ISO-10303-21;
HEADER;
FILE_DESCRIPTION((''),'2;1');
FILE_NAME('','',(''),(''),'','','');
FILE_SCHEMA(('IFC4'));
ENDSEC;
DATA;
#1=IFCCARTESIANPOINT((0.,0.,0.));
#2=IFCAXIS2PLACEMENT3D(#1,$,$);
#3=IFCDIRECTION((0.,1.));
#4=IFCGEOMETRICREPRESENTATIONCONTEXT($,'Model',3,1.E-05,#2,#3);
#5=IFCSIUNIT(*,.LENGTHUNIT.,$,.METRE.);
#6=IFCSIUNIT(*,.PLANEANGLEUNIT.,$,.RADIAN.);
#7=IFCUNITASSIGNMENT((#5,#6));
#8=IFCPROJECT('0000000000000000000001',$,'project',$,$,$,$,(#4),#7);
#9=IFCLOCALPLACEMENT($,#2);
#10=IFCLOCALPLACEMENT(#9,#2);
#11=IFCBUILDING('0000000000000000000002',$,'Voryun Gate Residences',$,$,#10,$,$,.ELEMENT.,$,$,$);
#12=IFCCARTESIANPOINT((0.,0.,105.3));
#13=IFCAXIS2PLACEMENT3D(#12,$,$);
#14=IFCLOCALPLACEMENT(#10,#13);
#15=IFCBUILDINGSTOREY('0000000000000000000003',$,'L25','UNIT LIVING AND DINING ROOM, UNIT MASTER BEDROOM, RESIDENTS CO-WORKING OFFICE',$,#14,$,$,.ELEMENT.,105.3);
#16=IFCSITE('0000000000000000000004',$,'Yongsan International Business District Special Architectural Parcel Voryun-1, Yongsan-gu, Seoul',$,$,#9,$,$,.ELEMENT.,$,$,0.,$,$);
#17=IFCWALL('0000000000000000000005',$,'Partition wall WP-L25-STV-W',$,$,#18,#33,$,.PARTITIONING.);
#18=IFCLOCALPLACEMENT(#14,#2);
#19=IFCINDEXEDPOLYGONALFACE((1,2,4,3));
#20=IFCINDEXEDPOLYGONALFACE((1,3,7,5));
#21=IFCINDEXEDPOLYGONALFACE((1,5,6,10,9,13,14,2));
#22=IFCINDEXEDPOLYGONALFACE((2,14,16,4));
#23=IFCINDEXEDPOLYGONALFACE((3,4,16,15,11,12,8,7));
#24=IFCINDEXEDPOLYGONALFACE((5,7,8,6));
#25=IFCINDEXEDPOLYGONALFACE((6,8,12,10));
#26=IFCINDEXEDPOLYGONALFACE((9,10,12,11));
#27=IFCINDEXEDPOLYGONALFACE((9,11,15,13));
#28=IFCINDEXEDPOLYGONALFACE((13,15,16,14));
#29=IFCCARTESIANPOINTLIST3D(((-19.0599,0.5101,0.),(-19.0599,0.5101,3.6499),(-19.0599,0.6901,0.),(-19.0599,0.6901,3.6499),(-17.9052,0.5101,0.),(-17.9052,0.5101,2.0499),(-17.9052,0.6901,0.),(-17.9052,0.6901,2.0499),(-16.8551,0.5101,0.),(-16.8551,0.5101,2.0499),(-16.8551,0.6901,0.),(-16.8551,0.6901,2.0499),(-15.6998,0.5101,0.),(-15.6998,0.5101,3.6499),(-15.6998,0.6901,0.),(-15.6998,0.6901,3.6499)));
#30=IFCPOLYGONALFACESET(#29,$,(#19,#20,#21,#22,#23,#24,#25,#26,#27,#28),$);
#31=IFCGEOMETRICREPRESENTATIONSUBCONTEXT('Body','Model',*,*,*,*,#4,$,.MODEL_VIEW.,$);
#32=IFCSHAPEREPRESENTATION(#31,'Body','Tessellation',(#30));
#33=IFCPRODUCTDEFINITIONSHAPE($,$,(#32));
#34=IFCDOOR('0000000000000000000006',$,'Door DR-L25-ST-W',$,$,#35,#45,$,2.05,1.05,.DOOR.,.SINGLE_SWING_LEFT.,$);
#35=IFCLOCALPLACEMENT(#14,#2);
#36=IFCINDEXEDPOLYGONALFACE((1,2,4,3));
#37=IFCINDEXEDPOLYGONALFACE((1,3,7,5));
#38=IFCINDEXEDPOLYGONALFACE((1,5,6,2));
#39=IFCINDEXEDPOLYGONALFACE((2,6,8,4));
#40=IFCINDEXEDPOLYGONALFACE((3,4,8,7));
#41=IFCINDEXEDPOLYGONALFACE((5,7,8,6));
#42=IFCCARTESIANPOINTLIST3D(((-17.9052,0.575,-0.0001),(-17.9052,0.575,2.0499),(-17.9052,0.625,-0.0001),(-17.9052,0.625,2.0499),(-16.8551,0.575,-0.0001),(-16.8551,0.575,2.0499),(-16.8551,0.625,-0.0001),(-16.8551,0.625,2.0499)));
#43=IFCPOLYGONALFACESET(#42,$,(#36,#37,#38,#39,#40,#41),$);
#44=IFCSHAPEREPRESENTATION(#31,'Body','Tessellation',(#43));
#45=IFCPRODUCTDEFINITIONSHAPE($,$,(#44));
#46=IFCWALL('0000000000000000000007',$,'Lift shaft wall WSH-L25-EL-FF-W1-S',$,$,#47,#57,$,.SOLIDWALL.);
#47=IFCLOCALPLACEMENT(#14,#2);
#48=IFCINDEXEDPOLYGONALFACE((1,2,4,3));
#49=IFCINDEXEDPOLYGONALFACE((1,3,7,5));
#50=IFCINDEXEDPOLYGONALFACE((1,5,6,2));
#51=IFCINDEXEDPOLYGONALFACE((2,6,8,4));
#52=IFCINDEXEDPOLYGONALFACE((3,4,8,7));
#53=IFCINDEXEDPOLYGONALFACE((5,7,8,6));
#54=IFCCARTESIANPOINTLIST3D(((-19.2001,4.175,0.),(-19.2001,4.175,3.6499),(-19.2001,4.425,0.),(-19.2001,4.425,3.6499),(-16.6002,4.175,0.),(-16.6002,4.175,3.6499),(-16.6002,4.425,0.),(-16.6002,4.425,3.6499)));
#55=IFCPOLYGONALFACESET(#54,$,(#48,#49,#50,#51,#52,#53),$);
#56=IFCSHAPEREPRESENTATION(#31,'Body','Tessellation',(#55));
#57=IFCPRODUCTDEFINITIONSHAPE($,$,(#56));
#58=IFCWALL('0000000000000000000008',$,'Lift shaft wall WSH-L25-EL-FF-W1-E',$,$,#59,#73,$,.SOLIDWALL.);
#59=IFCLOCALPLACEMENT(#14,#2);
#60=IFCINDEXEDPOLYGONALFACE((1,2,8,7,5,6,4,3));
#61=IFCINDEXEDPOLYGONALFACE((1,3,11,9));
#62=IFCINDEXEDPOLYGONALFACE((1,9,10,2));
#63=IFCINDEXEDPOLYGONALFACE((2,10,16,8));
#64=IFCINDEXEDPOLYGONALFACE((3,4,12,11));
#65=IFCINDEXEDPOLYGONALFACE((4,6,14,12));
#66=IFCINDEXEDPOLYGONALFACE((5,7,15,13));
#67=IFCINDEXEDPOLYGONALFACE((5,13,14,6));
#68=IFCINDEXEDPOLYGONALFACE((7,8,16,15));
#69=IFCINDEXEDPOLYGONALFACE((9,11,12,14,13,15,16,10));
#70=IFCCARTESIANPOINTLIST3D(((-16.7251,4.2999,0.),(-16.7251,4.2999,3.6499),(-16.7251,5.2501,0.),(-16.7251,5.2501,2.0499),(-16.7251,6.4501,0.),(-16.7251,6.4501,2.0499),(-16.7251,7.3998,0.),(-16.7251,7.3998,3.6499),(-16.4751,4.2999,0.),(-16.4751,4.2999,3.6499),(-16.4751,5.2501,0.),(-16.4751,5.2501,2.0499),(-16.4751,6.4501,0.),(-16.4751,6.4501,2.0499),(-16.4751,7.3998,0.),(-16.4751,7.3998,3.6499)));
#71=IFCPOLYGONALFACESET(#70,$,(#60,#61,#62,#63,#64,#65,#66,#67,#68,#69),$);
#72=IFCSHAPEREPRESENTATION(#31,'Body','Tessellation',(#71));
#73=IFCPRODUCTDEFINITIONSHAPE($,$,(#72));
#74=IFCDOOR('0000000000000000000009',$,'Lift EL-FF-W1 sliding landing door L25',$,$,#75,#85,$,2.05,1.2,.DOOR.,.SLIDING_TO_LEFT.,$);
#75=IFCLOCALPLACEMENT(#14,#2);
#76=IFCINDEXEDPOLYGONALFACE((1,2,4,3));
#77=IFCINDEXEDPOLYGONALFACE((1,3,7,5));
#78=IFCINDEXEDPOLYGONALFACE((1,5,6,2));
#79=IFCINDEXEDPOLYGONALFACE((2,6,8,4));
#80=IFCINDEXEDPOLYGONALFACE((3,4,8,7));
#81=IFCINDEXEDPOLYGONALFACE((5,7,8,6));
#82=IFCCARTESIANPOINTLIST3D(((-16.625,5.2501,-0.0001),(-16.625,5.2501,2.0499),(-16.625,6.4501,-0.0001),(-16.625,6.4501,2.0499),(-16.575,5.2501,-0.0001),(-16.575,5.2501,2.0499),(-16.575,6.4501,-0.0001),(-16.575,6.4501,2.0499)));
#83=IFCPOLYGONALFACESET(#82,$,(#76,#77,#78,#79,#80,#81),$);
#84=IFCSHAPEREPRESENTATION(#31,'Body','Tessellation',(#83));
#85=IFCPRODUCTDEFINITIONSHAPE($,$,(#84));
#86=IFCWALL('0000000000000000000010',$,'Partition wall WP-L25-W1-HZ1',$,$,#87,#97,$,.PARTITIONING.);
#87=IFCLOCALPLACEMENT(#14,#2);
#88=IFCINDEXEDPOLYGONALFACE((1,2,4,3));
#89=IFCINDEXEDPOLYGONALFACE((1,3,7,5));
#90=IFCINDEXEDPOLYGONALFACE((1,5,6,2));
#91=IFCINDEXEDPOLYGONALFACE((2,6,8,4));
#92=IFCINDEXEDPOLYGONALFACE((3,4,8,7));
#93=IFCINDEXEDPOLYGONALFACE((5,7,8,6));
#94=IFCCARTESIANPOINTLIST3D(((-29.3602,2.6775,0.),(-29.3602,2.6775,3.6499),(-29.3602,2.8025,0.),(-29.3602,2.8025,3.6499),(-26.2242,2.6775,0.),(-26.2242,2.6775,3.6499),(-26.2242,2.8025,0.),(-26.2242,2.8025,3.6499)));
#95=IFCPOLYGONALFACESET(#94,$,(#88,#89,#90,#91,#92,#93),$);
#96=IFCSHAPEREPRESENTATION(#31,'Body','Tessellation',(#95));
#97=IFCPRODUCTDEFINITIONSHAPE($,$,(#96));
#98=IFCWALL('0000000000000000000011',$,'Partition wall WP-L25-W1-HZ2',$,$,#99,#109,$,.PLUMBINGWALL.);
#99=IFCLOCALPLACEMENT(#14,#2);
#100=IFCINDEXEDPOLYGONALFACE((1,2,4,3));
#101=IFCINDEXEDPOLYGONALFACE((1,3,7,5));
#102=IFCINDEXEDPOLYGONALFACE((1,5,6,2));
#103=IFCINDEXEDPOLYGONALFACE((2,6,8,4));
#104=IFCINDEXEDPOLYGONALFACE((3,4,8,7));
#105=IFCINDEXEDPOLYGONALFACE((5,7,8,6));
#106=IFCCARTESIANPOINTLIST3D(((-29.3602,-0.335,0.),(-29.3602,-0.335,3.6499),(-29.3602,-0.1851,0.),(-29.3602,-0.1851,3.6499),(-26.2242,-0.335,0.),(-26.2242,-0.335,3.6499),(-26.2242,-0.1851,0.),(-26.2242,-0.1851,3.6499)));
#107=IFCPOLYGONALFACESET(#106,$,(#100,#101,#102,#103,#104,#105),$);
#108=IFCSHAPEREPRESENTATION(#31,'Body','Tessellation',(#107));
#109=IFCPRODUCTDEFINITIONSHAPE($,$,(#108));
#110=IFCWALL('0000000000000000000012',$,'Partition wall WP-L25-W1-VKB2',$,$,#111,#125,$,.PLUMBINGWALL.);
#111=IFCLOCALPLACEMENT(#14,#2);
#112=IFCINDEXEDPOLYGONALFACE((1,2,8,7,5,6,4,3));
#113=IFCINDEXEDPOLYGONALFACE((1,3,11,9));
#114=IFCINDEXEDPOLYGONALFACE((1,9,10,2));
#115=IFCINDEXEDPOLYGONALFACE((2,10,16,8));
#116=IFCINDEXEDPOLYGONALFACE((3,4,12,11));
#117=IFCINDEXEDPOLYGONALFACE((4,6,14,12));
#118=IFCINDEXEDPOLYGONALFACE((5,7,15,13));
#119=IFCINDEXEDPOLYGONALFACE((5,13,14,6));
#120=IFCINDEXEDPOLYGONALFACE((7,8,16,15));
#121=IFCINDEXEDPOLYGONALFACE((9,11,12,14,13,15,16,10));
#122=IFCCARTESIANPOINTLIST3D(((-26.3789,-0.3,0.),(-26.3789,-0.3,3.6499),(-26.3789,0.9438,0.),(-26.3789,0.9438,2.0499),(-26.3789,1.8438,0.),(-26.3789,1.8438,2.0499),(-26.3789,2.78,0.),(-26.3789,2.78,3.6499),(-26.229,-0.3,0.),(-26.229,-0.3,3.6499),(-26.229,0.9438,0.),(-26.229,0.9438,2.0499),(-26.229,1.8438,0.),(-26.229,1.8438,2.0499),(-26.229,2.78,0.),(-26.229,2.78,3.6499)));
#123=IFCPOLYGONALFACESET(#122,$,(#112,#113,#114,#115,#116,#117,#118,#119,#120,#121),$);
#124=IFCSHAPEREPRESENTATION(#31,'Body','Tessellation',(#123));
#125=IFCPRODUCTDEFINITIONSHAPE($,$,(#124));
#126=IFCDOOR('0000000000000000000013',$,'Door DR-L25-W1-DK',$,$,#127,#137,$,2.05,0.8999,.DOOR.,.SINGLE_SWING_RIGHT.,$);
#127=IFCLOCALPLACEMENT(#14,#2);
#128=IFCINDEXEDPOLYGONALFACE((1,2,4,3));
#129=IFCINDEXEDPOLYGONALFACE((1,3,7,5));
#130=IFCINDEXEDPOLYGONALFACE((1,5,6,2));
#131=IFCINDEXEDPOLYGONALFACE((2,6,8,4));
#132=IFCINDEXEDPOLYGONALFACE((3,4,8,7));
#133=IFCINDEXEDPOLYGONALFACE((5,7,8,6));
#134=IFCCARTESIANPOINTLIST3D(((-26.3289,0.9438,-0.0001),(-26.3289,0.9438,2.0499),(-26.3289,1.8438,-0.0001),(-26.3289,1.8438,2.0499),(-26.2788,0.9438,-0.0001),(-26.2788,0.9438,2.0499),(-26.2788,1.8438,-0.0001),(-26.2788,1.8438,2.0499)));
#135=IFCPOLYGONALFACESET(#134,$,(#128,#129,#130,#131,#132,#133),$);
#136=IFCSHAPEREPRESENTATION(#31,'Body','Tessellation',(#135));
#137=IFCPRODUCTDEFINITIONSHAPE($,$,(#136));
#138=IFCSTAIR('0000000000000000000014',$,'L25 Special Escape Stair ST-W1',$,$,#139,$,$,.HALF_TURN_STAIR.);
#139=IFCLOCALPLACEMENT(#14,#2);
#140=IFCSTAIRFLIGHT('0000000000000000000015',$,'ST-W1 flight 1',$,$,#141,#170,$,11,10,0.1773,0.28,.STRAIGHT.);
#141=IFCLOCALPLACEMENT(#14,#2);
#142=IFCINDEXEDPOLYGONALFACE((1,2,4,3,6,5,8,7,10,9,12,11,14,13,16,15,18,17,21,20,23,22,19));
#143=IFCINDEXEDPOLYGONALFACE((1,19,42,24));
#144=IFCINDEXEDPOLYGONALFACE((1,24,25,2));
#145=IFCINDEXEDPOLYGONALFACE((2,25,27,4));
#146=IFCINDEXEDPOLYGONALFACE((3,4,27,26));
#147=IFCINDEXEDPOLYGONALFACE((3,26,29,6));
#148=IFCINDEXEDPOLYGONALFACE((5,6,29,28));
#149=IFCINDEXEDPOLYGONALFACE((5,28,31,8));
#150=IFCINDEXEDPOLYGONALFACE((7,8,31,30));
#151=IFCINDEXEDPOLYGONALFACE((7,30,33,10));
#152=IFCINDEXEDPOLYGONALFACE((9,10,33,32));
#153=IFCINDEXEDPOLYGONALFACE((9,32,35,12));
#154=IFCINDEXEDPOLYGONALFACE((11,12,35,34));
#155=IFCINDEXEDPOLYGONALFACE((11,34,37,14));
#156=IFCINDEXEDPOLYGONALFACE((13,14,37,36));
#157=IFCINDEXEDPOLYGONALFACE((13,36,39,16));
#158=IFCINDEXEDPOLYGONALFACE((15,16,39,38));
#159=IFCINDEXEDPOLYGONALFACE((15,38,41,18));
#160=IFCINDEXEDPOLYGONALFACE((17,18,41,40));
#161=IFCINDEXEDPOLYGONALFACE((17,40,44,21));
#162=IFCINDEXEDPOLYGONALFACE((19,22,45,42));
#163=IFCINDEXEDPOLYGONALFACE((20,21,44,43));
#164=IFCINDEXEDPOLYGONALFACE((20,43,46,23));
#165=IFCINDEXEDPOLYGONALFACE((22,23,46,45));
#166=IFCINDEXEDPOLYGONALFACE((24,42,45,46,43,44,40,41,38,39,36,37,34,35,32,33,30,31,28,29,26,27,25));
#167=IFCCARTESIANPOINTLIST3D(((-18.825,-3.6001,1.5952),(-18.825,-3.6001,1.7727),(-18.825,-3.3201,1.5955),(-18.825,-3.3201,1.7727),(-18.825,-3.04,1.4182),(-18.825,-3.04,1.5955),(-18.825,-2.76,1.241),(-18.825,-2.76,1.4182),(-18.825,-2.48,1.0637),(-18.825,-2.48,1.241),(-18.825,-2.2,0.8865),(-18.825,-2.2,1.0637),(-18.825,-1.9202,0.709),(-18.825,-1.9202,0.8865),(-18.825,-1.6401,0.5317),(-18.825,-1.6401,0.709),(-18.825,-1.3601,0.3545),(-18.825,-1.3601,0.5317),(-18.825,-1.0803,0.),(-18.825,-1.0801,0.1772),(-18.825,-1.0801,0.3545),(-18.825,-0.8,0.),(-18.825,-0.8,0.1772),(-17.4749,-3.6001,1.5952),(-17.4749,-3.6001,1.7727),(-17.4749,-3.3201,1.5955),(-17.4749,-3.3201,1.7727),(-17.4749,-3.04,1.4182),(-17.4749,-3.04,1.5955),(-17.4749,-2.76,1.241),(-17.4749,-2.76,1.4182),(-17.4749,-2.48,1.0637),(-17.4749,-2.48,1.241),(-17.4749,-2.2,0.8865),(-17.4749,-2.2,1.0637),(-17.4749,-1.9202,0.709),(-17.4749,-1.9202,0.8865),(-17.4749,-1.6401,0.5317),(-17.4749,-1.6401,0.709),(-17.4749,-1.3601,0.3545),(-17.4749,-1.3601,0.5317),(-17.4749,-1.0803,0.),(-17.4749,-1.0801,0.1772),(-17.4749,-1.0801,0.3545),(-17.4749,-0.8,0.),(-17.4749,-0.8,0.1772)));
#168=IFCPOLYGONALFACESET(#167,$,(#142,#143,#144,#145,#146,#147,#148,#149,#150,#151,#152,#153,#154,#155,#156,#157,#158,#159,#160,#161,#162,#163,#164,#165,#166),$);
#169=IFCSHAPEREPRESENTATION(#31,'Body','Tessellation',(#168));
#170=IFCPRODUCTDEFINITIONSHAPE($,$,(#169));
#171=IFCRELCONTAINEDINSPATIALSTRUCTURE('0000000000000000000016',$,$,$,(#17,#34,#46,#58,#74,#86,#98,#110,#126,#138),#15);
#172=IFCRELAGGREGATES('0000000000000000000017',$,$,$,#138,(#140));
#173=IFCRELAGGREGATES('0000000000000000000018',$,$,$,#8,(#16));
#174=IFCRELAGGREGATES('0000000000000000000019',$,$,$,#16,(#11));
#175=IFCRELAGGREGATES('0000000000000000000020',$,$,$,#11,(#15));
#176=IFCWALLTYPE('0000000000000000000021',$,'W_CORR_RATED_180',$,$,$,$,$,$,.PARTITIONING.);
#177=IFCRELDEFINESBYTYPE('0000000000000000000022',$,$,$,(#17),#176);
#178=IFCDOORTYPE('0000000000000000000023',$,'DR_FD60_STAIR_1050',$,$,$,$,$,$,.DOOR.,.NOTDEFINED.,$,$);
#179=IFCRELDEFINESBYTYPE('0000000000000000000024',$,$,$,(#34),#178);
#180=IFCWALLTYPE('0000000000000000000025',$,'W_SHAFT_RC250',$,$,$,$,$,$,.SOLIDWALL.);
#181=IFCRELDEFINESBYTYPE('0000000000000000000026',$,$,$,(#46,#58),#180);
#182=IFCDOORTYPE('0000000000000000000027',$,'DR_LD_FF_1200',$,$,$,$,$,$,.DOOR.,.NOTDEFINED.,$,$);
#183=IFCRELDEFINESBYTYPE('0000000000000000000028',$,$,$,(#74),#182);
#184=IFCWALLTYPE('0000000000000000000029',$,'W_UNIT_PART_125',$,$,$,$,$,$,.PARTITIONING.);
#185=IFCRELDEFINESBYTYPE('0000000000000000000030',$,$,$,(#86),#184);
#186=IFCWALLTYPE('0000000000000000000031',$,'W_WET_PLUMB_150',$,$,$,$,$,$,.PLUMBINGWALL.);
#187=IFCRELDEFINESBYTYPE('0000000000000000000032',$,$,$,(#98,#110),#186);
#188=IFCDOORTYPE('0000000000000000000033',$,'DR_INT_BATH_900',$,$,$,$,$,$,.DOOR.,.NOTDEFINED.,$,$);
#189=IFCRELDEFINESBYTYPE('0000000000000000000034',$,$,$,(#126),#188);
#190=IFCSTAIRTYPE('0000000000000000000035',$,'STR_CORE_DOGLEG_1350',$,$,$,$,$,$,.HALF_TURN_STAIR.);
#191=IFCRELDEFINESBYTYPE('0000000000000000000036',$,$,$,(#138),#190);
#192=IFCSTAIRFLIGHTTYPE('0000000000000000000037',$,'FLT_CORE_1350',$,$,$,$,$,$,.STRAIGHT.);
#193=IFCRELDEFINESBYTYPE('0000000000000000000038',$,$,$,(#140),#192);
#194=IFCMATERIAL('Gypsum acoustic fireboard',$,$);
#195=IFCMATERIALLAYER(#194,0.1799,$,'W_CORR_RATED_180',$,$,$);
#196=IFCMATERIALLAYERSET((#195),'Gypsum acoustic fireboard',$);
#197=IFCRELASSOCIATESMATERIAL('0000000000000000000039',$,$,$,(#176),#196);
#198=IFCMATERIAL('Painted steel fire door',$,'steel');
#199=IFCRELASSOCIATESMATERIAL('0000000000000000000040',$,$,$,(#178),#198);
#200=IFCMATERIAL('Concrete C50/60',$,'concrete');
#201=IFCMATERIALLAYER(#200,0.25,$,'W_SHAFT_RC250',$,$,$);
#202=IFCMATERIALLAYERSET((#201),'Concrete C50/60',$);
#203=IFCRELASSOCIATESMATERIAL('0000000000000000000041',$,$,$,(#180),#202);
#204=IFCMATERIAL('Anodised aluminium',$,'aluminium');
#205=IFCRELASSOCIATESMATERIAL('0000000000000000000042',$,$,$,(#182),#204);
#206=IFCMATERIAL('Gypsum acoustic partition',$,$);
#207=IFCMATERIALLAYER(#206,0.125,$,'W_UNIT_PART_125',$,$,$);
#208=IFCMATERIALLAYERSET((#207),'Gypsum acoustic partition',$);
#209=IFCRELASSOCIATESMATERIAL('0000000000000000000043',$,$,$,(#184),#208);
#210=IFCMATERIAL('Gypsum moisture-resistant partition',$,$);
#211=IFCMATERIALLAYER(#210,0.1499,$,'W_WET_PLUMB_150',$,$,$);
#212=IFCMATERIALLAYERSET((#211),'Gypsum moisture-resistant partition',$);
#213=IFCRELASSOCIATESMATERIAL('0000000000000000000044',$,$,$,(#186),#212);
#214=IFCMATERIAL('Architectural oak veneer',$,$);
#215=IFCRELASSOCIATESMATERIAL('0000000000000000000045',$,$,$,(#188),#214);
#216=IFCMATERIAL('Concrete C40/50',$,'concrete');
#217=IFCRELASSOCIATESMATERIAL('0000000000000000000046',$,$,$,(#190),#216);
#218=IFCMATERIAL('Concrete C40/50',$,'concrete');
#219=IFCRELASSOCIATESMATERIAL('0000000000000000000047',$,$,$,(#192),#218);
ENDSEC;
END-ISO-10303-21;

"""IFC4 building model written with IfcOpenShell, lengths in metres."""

from ifc_helpers import new_model, si_unit, direction, frame, frame_2d, origin, place, context, subcontext, project, spatial, polyline, rectangle, outline, extrude, material, layer, layer_set, type_object, element, fill, aggregate, save


model = new_model("IFC4")

# Units and contexts
model_context = context("Model", 3, precision=1e-05, world=origin(), true_north=direction((0.0, 1.0)))
body_context = subcontext(model_context, "Body", "Model", "MODEL_VIEW")
ifc_project = project(units=[si_unit("LENGTHUNIT", "METRE"), si_unit("PLANEANGLEUNIT", "RADIAN")], contexts=[model_context])

# Site, building, storey
site_placement = place(None, origin())
site = spatial("IfcSite", under=ifc_project, at=site_placement, Name="Yongsan International Business District Special Architectural Parcel Voryun-1, Yongsan-gu, Seoul", CompositionType="ELEMENT", RefElevation=0.0)
building_placement = place(site_placement, origin())
building = spatial("IfcBuilding", under=site, at=building_placement, Name="Voryun Gate Residences", CompositionType="ELEMENT")
storey_placement = place(building_placement, frame((0.0, 0.0, 105.3)))
storey = spatial("IfcBuildingStorey", under=building, at=storey_placement, Name="L25", Description="UNIT LIVING AND DINING ROOM, UNIT MASTER BEDROOM, RESIDENTS CO-WORKING OFFICE", CompositionType="ELEMENT", Elevation=105.3)

# Wall, opening, door
ifc_material_1 = material(Name="Gypsum acoustic fireboard")
ifc_layer_1 = layer(ifc_material_1, 0.1799, Name="W_CORR_RATED_180")
ifc_layer_set_1 = layer_set([ifc_layer_1], Name="Gypsum acoustic fireboard")
wall_type_1 = type_object("IfcWallType", Name="W_CORR_RATED_180", PredefinedType="PARTITIONING", material=ifc_layer_set_1)
wall_1_placement = place(storey_placement, frame((-19.0601, 0.6001, 0.0), z_axis=(0.0, 0.0, 1.0), x_axis=(1.0, 0.0, 0.0)))
wall_1 = element("IfcWall", 1, at=wall_1_placement, inside=storey, type_object=wall_type_1, Name="Partition wall WP-L25-STV-W", PredefinedType="PARTITIONING", context=body_context, shape_type="SweptSolid", body=[
    extrude(rectangle(XDim=3.3601, YDim=0.1799, at=frame_2d((1.6802, 0.0))), origin(), (0.0, 0.0, 1.0), 3.6499),
])
opening_1_placement = place(wall_1_placement, frame((1.155, 0.0, 0.0)))
opening_1 = element("IfcOpeningElement", 2, at=opening_1_placement, cuts=wall_1, PredefinedType="OPENING", context=body_context, shape_type="SweptSolid", body=[
    extrude(rectangle(XDim=1.05, YDim=2.05, at=frame_2d((0.5249, 1.0249))), frame((0.0, 0.0999, 0.0), z_axis=(0.0, -1.0, 0.0), x_axis=(1.0, 0.0, 0.0)), (0.0, 0.0, 1.0), 0.2),
])
ifc_material_2 = material(Name="Painted steel fire door", Category="steel")
door_type_1 = type_object("IfcDoorType", Name="DR_FD60_STAIR_1050", OperationType="NOTDEFINED", PredefinedType="DOOR", material=ifc_material_2)
door_1_placement = place(opening_1_placement, origin())
door_1 = element("IfcDoor", 3, at=door_1_placement, inside=storey, type_object=door_type_1, Name="Door DR-L25-ST-W", OperationType="SINGLE_SWING_LEFT", OverallHeight=2.05, OverallWidth=1.05, PredefinedType="DOOR", context=body_context, shape_type="SweptSolid", body=[
    extrude(rectangle(XDim=1.05, YDim=2.05, at=frame_2d((0.5249, 1.0249))), frame((0.0, 0.0249, 0.0), z_axis=(0.0, -1.0, 0.0), x_axis=(1.0, 0.0, 0.0)), (0.0, 0.0, 1.0), 0.05),
])
fill(opening_1, door_1)

# Wall
ifc_material_3 = material(Name="Concrete C50/60", Category="concrete")
ifc_layer_2 = layer(ifc_material_3, 0.25, Name="W_SHAFT_RC250")
ifc_layer_set_2 = layer_set([ifc_layer_2], Name="Concrete C50/60")
wall_type_2 = type_object("IfcWallType", Name="W_SHAFT_RC250", PredefinedType="SOLIDWALL", material=ifc_layer_set_2)
wall_2_placement = place(storey_placement, frame((-19.2, 4.3, 0.0), z_axis=(0.0, 0.0, 1.0), x_axis=(1.0, 0.0, 0.0)))
element("IfcWall", 4, at=wall_2_placement, inside=storey, type_object=wall_type_2, Name="Lift shaft wall WSH-L25-EL-FF-W1-S", PredefinedType="SOLIDWALL", context=body_context, shape_type="SweptSolid", body=[
    extrude(rectangle(XDim=2.5999, YDim=0.25, at=frame_2d((1.2998, 0.0))), origin(), (0.0, 0.0, 1.0), 3.6499),
])

# Wall, opening, door
wall_3_placement = place(storey_placement, frame((-16.6001, 4.3, 0.0), z_axis=(0.0, 0.0, 1.0), x_axis=(0.0, 1.0, 0.0)))
wall_3 = element("IfcWall", 5, at=wall_3_placement, inside=storey, type_object=wall_type_2, Name="Lift shaft wall WSH-L25-EL-FF-W1-E", PredefinedType="SOLIDWALL", context=body_context, shape_type="SweptSolid", body=[
    extrude(rectangle(XDim=3.0999, YDim=0.25, at=frame_2d((1.5498, 0.0))), origin(), (0.0, 0.0, 1.0), 3.6499),
])
opening_2_placement = place(wall_3_placement, frame((0.95, 0.0, 0.0)))
opening_2 = element("IfcOpeningElement", 6, at=opening_2_placement, cuts=wall_3, PredefinedType="OPENING", context=body_context, shape_type="SweptSolid", body=[
    extrude(rectangle(XDim=1.2, YDim=2.05, at=frame_2d((0.6001, 1.0249))), frame((0.0, 0.135, 0.0), z_axis=(0.0, -1.0, 0.0), x_axis=(1.0, 0.0, 0.0)), (0.0, 0.0, 1.0), 0.27),
])
ifc_material_4 = material(Name="Anodised aluminium", Category="aluminium")
door_type_2 = type_object("IfcDoorType", Name="DR_LD_FF_1200", OperationType="NOTDEFINED", PredefinedType="DOOR", material=ifc_material_4)
door_2_placement = place(opening_2_placement, origin())
door_2 = element("IfcDoor", 7, at=door_2_placement, inside=storey, type_object=door_type_2, Name="Lift EL-FF-W1 sliding landing door L25", OperationType="SLIDING_TO_LEFT", OverallHeight=2.05, OverallWidth=1.2, PredefinedType="DOOR", context=body_context, shape_type="SweptSolid", body=[
    extrude(rectangle(XDim=1.2, YDim=2.05, at=frame_2d((0.6001, 1.0249))), frame((0.0, 0.0249, 0.0), z_axis=(0.0, -1.0, 0.0), x_axis=(1.0, 0.0, 0.0)), (0.0, 0.0, 1.0), 0.05),
])
fill(opening_2, door_2)

# Walls
ifc_material_5 = material(Name="Gypsum acoustic partition")
ifc_layer_3 = layer(ifc_material_5, 0.125, Name="W_UNIT_PART_125")
ifc_layer_set_3 = layer_set([ifc_layer_3], Name="Gypsum acoustic partition")
wall_type_3 = type_object("IfcWallType", Name="W_UNIT_PART_125", PredefinedType="PARTITIONING", material=ifc_layer_set_3)
wall_4_placement = place(storey_placement, frame((-29.3601, 2.74, 0.0), z_axis=(0.0, 0.0, 1.0), x_axis=(1.0, 0.0, 0.0)))
element("IfcWall", 8, at=wall_4_placement, inside=storey, type_object=wall_type_3, Name="Partition wall WP-L25-W1-HZ1", PredefinedType="PARTITIONING", context=body_context, shape_type="SweptSolid", body=[
    extrude(rectangle(XDim=3.136, YDim=0.125, at=frame_2d((1.5679, 0.0))), origin(), (0.0, 0.0, 1.0), 3.6499),
])
ifc_material_6 = material(Name="Gypsum moisture-resistant partition")
ifc_layer_4 = layer(ifc_material_6, 0.1499, Name="W_WET_PLUMB_150")
ifc_layer_set_4 = layer_set([ifc_layer_4], Name="Gypsum moisture-resistant partition")
wall_type_4 = type_object("IfcWallType", Name="W_WET_PLUMB_150", PredefinedType="PLUMBINGWALL", material=ifc_layer_set_4)
wall_5_placement = place(storey_placement, frame((-29.3601, -0.26, 0.0), z_axis=(0.0, 0.0, 1.0), x_axis=(1.0, 0.0, 0.0)))
element("IfcWall", 9, at=wall_5_placement, inside=storey, type_object=wall_type_4, Name="Partition wall WP-L25-W1-HZ2", PredefinedType="PLUMBINGWALL", context=body_context, shape_type="SweptSolid", body=[
    extrude(rectangle(XDim=3.136, YDim=0.1499, at=frame_2d((1.5679, 0.0))), origin(), (0.0, 0.0, 1.0), 3.6499),
])

# Wall, opening, door
wall_6_placement = place(storey_placement, frame((-26.304, -0.3, 0.0), z_axis=(0.0, 0.0, 1.0), x_axis=(0.0, 1.0, 0.0)))
wall_6 = element("IfcWall", 10, at=wall_6_placement, inside=storey, type_object=wall_type_4, Name="Partition wall WP-L25-W1-VKB2", PredefinedType="PLUMBINGWALL", context=body_context, shape_type="SweptSolid", body=[
    extrude(rectangle(XDim=3.0801, YDim=0.1499, at=frame_2d((1.54, 0.0))), origin(), (0.0, 0.0, 1.0), 3.6499),
])
opening_3_placement = place(wall_6_placement, frame((1.2439, 0.0, 0.0)))
opening_3 = element("IfcOpeningElement", 11, at=opening_3_placement, cuts=wall_6, PredefinedType="OPENING", context=body_context, shape_type="SweptSolid", body=[
    extrude(rectangle(XDim=0.8999, YDim=2.05, at=frame_2d((0.45, 1.0249))), frame((0.0, 0.085, 0.0), z_axis=(0.0, -1.0, 0.0), x_axis=(1.0, 0.0, 0.0)), (0.0, 0.0, 1.0), 0.1699),
])
ifc_material_7 = material(Name="Architectural oak veneer")
door_type_3 = type_object("IfcDoorType", Name="DR_INT_BATH_900", OperationType="NOTDEFINED", PredefinedType="DOOR", material=ifc_material_7)
door_3_placement = place(opening_3_placement, origin())
door_3 = element("IfcDoor", 12, at=door_3_placement, inside=storey, type_object=door_type_3, Name="Door DR-L25-W1-DK", OperationType="SINGLE_SWING_RIGHT", OverallHeight=2.05, OverallWidth=0.8999, PredefinedType="DOOR", context=body_context, shape_type="SweptSolid", body=[
    extrude(rectangle(XDim=0.8999, YDim=2.05, at=frame_2d((0.45, 1.0249))), frame((0.0, 0.0249, 0.0), z_axis=(0.0, -1.0, 0.0), x_axis=(1.0, 0.0, 0.0)), (0.0, 0.0, 1.0), 0.05),
])
fill(opening_3, door_3)

# Stair, stair flight
ifc_material_8 = material(Name="Concrete C40/50", Category="concrete")
stair_type = type_object("IfcStairType", Name="STR_CORE_DOGLEG_1350", PredefinedType="HALF_TURN_STAIR", material=ifc_material_8)
stair_placement = place(storey_placement, origin())
stair = element("IfcStair", 13, at=stair_placement, inside=storey, type_object=stair_type, Name="L25 Special Escape Stair ST-W1", PredefinedType="HALF_TURN_STAIR")
ifc_material_9 = material(Name="Concrete C40/50", Category="concrete")
stair_flight_type = type_object("IfcStairFlightType", Name="FLT_CORE_1350", PredefinedType="STRAIGHT", material=ifc_material_9)
stair_flight_placement = place(storey_placement, frame((-18.1499, -0.8, 0.0), z_axis=(0.0, 0.0, 1.0), x_axis=(0.0, -1.0, 0.0)))
stair_flight = element("IfcStairFlight", 14, at=stair_flight_placement, type_object=stair_flight_type, Name="ST-W1 flight 1", NumberOfRisers=11, NumberOfTreads=10, PredefinedType="STRAIGHT", RiserHeight=0.1773, TreadLength=0.28, context=body_context, shape_type="SweptSolid", body=[
    extrude(outline(polyline([(0.0, 0.0), (0.0, 0.1772), (0.28, 0.1772), (0.28, 0.3545), (0.5601, 0.3545), (0.5601, 0.5317), (0.8401, 0.5317), (0.8401, 0.709), (1.1201, 0.709), (1.1201, 0.8865), (1.3999, 0.8865), (1.3999, 1.0637), (1.6799, 1.0637), (1.6799, 1.241), (1.96, 1.241), (1.96, 1.4182), (2.24, 1.4182), (2.24, 1.5955), (2.52, 1.5955), (2.52, 1.7727), (2.8, 1.7727), (2.8, 1.95), (2.8, 1.5952), (0.2803, 0.0), (0.0, 0.0)])), frame((0.0, 0.675, 0.0), z_axis=(0.0, -1.0, 0.0), x_axis=(1.0, 0.0, 0.0)), (0.0, 0.0, 1.0), 1.3501),
])
aggregate(stair, [stair_flight])

save(model, "model.ifc")
